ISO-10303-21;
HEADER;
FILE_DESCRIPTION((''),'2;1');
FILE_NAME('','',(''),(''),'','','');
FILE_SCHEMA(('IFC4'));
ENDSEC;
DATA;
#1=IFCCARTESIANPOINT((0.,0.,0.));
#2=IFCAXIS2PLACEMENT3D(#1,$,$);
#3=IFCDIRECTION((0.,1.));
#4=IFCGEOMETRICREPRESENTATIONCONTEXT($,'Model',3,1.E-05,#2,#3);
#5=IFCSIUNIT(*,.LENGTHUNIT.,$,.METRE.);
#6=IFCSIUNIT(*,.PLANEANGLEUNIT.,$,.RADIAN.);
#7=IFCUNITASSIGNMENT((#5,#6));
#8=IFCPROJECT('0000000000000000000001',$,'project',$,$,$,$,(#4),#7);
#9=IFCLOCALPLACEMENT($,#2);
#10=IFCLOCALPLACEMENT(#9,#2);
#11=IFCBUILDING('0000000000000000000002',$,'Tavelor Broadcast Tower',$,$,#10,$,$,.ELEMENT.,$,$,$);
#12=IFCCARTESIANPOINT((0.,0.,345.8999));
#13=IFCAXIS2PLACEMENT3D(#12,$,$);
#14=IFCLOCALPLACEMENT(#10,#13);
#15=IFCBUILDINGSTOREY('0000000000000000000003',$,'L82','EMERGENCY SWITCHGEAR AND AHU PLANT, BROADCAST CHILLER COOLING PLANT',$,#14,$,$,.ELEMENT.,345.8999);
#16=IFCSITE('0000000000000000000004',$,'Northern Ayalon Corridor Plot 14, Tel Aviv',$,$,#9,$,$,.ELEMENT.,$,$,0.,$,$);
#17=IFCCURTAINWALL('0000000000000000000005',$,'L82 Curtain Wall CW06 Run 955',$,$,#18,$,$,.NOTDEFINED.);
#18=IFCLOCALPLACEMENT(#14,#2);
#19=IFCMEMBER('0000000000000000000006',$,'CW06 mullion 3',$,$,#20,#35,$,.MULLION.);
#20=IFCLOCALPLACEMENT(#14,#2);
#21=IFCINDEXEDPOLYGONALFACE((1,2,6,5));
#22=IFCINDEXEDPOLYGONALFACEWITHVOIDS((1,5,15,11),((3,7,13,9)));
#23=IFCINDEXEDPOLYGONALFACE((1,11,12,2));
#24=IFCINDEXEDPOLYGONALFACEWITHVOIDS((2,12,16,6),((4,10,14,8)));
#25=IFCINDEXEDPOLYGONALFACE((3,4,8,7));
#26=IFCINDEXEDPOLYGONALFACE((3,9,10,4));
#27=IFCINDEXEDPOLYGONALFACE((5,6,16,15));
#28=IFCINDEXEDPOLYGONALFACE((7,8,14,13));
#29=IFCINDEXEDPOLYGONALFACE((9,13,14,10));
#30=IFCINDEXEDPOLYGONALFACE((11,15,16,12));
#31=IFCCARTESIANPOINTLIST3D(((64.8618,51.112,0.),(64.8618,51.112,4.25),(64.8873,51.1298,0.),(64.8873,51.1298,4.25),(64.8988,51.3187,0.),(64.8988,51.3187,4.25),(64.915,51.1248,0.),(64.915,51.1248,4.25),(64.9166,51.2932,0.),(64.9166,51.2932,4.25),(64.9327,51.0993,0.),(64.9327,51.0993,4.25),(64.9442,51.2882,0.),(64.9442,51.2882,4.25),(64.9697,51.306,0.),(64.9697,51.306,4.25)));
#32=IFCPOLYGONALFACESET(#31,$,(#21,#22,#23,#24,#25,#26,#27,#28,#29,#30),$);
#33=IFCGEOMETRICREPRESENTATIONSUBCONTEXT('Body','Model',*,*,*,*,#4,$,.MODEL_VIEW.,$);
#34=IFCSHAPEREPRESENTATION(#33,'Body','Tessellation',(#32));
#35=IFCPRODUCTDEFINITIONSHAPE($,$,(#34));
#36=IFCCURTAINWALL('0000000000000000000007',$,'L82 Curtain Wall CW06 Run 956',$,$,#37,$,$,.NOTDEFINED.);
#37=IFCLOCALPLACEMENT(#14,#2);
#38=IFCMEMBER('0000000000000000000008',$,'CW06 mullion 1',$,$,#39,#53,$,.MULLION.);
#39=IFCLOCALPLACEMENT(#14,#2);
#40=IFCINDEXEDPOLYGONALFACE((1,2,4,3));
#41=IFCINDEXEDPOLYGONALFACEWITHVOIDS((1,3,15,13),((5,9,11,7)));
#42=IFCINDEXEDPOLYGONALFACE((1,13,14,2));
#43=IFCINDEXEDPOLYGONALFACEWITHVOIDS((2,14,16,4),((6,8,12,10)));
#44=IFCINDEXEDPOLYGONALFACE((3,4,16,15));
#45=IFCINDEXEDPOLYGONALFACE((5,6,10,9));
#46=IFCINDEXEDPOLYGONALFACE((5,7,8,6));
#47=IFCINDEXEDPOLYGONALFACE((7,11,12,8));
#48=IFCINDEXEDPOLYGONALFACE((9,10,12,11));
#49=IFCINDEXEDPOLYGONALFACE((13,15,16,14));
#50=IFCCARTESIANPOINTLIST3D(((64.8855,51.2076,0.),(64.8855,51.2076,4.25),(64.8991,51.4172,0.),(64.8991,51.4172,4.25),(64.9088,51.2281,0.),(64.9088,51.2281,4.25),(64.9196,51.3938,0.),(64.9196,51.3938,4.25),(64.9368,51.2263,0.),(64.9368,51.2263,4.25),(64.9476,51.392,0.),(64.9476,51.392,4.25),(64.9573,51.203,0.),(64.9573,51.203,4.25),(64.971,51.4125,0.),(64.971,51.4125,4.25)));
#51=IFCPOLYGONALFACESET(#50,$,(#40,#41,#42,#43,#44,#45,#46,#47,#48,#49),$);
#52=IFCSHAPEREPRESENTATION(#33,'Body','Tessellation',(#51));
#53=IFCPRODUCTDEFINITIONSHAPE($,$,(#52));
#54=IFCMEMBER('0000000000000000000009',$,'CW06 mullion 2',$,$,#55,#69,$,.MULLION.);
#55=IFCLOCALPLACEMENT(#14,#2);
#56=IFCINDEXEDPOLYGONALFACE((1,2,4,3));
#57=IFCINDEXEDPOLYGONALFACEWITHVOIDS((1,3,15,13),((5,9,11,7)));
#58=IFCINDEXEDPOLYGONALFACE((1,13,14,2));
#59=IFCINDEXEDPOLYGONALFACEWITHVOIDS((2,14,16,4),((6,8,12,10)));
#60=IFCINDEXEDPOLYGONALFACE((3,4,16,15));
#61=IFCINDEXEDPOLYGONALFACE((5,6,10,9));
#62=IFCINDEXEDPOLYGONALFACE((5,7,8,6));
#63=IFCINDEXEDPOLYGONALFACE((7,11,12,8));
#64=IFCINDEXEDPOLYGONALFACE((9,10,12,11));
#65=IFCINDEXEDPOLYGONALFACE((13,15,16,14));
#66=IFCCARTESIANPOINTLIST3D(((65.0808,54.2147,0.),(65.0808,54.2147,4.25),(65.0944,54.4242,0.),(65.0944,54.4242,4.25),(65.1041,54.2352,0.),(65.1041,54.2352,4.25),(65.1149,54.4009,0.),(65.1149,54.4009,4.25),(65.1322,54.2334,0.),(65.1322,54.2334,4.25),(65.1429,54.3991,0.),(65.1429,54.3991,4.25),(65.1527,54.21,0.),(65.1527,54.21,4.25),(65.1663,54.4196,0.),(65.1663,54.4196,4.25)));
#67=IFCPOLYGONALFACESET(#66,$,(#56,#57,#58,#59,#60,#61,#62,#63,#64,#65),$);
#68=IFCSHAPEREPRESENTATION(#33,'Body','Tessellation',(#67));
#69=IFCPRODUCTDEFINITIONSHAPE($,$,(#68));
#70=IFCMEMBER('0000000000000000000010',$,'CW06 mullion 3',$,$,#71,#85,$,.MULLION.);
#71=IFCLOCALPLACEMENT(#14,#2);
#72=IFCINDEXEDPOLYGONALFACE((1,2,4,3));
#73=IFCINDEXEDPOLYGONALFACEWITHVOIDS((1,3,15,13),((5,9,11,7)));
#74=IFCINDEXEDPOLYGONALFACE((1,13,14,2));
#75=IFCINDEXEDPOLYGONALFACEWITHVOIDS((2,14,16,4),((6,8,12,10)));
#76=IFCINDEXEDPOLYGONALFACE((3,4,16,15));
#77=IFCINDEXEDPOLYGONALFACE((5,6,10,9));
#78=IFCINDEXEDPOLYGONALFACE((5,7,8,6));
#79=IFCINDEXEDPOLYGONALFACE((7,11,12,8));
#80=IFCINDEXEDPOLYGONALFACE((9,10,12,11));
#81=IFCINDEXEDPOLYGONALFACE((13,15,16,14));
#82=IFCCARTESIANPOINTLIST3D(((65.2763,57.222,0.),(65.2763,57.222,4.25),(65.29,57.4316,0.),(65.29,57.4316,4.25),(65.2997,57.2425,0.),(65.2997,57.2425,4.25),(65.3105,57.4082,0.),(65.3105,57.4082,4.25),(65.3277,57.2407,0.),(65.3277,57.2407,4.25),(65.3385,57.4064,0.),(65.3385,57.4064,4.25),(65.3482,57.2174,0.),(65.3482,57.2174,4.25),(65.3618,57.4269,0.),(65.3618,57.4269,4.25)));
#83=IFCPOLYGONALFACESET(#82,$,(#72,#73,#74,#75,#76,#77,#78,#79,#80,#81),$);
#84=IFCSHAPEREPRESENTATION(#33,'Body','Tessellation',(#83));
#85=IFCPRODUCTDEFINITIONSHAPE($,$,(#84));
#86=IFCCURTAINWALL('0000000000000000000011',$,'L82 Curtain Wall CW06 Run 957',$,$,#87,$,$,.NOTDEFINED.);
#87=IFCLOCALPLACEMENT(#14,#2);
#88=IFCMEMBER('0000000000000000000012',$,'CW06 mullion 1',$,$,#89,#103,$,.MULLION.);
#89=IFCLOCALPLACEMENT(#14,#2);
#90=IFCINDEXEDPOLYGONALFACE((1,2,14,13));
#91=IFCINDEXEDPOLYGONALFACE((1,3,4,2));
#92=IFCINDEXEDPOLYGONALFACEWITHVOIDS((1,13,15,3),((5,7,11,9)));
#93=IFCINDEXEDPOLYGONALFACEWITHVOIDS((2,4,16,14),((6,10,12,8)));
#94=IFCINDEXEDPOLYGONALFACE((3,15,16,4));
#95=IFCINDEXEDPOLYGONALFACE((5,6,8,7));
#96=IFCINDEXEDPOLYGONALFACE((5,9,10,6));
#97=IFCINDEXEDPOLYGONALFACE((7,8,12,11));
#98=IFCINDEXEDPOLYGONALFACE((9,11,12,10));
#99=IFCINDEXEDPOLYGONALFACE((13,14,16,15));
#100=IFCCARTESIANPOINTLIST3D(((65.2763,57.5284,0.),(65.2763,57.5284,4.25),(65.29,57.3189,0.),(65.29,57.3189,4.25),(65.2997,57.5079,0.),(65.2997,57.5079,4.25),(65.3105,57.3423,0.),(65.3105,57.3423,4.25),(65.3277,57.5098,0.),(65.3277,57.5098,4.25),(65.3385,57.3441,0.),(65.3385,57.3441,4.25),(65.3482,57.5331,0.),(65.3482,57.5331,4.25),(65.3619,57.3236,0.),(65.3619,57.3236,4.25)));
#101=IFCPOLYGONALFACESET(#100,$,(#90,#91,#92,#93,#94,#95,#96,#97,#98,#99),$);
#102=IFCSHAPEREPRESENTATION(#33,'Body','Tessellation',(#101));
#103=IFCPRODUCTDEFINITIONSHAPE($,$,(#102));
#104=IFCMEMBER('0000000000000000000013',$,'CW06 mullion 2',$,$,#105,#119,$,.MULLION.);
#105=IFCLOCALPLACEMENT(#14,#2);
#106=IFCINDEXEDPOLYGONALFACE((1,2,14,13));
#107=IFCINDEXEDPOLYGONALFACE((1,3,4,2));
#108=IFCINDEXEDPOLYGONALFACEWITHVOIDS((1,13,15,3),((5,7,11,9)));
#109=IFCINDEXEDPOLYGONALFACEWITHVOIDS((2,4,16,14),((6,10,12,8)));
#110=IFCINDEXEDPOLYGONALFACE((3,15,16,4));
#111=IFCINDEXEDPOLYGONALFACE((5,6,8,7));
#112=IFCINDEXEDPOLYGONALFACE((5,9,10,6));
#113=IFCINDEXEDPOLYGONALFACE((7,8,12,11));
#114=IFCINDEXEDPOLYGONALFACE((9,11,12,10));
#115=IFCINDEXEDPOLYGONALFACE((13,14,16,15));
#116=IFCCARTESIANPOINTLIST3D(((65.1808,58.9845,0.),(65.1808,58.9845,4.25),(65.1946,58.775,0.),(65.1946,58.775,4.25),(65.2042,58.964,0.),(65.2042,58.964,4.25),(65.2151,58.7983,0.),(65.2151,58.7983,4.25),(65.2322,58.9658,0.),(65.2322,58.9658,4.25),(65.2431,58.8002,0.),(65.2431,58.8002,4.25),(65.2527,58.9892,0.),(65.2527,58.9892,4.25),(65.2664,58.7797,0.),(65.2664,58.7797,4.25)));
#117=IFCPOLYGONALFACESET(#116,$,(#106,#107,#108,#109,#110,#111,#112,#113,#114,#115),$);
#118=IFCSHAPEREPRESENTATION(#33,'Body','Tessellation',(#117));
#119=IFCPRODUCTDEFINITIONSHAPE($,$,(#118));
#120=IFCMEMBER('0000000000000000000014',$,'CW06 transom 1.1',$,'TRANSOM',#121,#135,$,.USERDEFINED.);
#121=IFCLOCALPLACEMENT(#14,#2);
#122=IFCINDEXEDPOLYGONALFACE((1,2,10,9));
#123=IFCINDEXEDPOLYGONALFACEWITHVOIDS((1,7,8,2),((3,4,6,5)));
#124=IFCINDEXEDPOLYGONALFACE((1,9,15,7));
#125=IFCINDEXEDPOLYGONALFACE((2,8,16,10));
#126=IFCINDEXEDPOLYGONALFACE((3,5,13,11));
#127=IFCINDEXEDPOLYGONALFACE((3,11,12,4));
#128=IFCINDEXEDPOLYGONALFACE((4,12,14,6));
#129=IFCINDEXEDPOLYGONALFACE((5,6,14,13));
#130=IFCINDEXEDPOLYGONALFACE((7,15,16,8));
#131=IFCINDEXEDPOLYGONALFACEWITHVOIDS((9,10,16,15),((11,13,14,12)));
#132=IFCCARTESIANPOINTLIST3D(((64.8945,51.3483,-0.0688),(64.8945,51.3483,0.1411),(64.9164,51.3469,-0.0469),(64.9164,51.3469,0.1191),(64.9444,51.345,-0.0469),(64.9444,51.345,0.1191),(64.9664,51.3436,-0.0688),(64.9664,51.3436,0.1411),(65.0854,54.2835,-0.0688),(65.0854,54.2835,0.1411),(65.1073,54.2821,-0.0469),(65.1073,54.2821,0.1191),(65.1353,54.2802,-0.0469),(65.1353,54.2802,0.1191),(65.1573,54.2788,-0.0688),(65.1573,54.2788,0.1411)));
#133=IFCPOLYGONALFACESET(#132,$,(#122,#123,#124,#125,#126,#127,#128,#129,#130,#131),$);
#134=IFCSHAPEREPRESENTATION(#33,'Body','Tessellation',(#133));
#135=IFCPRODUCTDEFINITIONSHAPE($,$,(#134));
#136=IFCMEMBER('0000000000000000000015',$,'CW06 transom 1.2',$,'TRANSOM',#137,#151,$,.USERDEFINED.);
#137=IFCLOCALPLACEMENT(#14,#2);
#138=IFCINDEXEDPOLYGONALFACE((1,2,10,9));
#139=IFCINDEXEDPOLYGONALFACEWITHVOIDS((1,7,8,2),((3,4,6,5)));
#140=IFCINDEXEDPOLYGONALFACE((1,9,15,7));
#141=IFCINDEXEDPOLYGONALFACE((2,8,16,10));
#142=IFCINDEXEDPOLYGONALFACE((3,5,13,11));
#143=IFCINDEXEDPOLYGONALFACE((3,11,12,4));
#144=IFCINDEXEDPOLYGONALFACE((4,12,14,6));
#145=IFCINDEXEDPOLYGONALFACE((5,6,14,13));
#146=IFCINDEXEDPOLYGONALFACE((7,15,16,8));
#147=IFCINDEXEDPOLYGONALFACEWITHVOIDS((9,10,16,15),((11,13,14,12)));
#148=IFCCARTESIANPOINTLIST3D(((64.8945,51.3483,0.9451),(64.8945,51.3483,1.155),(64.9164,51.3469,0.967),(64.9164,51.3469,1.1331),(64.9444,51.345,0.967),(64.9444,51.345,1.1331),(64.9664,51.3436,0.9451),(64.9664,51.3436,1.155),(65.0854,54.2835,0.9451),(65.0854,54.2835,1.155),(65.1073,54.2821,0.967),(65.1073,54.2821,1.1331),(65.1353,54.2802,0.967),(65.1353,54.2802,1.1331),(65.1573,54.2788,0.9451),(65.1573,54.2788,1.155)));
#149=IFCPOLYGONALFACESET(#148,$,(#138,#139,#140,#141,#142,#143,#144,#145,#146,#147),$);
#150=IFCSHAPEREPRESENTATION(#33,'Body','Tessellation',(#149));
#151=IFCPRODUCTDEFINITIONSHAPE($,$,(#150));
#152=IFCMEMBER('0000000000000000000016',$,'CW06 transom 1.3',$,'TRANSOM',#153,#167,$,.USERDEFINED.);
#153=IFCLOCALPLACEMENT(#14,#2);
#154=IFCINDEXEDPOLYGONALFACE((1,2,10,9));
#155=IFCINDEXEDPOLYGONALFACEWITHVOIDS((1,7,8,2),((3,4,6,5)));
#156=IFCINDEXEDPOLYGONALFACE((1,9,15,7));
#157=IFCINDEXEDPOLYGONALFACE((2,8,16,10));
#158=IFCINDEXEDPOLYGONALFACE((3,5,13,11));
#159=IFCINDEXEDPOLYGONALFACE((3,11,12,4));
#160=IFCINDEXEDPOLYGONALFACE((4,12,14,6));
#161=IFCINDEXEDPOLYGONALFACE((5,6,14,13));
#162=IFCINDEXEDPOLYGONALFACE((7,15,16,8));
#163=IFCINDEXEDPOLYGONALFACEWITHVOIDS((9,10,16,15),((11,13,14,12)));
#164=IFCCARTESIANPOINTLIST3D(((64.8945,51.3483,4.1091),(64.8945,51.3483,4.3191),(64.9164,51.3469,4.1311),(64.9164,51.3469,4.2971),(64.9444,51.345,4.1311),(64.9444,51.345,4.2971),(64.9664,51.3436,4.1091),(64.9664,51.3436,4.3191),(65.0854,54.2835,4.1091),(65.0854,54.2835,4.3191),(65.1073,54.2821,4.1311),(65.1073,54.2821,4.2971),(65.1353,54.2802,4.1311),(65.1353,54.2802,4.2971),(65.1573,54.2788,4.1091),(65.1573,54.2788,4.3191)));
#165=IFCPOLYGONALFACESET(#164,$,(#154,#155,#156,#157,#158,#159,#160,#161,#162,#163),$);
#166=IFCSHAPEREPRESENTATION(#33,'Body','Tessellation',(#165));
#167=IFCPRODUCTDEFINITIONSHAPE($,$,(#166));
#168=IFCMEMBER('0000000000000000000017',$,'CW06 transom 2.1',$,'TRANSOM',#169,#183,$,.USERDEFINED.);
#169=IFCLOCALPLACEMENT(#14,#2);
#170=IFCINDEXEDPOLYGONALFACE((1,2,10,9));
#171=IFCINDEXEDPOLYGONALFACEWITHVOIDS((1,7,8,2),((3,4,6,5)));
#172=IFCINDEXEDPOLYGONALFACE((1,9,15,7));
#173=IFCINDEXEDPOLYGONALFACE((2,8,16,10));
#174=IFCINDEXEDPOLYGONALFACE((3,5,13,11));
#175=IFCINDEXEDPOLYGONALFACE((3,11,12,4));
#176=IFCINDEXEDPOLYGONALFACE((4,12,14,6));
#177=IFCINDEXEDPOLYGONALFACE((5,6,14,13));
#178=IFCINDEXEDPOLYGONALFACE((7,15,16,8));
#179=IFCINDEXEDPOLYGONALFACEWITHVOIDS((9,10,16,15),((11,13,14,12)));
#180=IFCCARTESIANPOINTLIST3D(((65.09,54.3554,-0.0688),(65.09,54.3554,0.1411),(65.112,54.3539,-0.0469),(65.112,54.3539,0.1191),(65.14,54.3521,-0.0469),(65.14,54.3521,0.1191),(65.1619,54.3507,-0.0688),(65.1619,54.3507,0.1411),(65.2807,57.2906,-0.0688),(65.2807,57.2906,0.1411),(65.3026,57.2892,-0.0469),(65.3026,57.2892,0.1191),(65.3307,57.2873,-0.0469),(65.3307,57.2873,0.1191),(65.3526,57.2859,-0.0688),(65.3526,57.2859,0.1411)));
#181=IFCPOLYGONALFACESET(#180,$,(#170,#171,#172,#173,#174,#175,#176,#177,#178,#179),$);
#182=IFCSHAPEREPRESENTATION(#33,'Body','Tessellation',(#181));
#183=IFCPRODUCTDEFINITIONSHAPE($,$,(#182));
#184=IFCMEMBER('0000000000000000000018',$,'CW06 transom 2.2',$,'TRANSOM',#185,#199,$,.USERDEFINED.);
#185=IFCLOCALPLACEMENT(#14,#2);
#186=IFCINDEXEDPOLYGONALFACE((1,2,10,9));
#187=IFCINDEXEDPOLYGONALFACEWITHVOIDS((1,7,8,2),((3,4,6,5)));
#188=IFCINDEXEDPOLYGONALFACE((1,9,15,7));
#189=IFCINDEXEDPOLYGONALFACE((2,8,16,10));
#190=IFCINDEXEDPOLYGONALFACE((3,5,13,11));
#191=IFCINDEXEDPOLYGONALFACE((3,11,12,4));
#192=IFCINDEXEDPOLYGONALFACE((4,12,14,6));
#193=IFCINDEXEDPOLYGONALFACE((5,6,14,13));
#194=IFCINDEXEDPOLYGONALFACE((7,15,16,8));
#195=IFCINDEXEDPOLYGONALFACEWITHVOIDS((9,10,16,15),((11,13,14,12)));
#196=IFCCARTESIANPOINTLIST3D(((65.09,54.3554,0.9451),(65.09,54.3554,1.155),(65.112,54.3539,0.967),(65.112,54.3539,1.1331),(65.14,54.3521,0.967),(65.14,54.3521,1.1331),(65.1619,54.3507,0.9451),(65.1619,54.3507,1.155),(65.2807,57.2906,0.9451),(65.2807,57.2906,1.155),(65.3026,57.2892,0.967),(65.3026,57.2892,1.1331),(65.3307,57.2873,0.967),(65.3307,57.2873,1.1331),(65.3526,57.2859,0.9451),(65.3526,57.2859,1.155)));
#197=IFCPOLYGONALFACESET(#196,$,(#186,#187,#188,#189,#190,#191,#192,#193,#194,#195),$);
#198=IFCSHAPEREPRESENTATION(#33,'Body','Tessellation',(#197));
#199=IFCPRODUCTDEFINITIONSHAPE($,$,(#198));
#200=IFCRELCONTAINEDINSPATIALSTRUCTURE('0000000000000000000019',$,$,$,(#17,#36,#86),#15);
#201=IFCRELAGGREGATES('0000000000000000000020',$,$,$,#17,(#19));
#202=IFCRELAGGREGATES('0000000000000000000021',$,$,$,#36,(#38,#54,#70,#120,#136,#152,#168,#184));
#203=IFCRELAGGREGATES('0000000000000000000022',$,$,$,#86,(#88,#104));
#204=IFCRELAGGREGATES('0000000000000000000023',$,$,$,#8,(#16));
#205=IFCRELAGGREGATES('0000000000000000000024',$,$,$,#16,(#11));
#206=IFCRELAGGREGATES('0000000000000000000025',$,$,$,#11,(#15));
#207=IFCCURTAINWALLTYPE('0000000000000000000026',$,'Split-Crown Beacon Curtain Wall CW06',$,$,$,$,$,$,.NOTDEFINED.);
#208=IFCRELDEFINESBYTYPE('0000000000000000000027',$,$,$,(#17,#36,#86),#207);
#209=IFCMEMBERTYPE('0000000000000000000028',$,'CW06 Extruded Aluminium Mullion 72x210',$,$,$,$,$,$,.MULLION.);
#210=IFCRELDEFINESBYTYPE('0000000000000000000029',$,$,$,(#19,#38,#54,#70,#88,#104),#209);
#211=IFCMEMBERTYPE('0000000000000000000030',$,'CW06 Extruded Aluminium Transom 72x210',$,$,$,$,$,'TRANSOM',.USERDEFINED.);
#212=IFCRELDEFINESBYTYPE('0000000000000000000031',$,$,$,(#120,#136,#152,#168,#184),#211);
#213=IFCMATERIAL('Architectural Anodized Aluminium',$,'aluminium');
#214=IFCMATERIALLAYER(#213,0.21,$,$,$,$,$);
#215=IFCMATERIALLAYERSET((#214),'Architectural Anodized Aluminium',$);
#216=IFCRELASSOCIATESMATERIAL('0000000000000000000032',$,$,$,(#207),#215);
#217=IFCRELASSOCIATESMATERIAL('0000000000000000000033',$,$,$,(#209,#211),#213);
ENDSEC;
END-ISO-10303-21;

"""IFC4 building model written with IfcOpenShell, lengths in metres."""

from ifc_helpers import new_model, si_unit, direction, frame, origin, origin_2d, place, context, subcontext, project, spatial, hollow_rectangle, extrude, source, transform, mapped, material, layer, layer_set, material_profile, profile_set, type_object, type_shapes, element, aggregate, save


model = new_model("IFC4")

# Units and contexts
model_context = context("Model", 3, precision=1e-05, world=origin(), true_north=direction((0.0, 1.0)))
body_context = subcontext(model_context, "Body", "Model", "MODEL_VIEW")
ifc_project = project(units=[si_unit("LENGTHUNIT", "METRE"), si_unit("PLANEANGLEUNIT", "RADIAN")], contexts=[model_context])

# Site, building, storey
site_placement = place(None, origin())
site = spatial("IfcSite", under=ifc_project, at=site_placement, Name="Northern Ayalon Corridor Plot 14, Tel Aviv", CompositionType="ELEMENT", RefElevation=0.0)
building_placement = place(site_placement, origin())
building = spatial("IfcBuilding", under=site, at=building_placement, Name="Tavelor Broadcast Tower", CompositionType="ELEMENT")
storey_placement = place(building_placement, frame((0.0, 0.0, 345.8999)))
storey = spatial("IfcBuildingStorey", under=building, at=storey_placement, Name="L82", Description="EMERGENCY SWITCHGEAR AND AHU PLANT, BROADCAST CHILLER COOLING PLANT", CompositionType="ELEMENT", Elevation=345.8999)

# Curtain wall, member
ifc_material_1 = material(Name="Architectural Anodized Aluminium", Category="aluminium")
ifc_layer_1 = layer(ifc_material_1, 0.21)
ifc_layer_set_1 = layer_set([ifc_layer_1], Name="Architectural Anodized Aluminium")
curtain_wall_type = type_object("IfcCurtainWallType", Name="Split-Crown Beacon Curtain Wall CW06", PredefinedType="NOTDEFINED", material=ifc_layer_set_1)
curtain_wall_1_placement = place(storey_placement, origin())
curtain_wall_1 = element("IfcCurtainWall", 1, at=curtain_wall_1_placement, inside=storey, type_object=curtain_wall_type, Name="L82 Curtain Wall CW06 Run 955", PredefinedType="NOTDEFINED")
ifc_material_profile_1 = material_profile(ifc_material_1, hollow_rectangle(XDim=0.072, YDim=0.21, WallThickness=0.022, at=origin_2d()), Name="RHS 72x210x22")
ifc_profile_set_1 = profile_set([ifc_material_profile_1], Name="Architectural Anodized Aluminium")
member_type_1 = type_object("IfcMemberType", Name="CW06 Extruded Aluminium Mullion 72x210", PredefinedType="MULLION", material=ifc_profile_set_1)
shared_shape_1 = source(origin(), body_context, "Body", "SweptSolid", [
    extrude(hollow_rectangle(XDim=0.072, YDim=0.21, WallThickness=0.022, at=origin_2d()), origin(), (0.0, 0.0, 1.0), 4.25),
])
type_shapes(member_type_1, [shared_shape_1])
member_1_placement = place(storey_placement, frame((64.9158, 51.209, 0.0), z_axis=(0.0, 0.0, 1.0), x_axis=(-0.984343, 0.176266, 0.0)))
member_1 = element("IfcMember", 2, at=member_1_placement, type_object=member_type_1, Name="CW06 mullion 3", PredefinedType="MULLION", context=body_context, shape_type="MappedRepresentation", body=[
    mapped(shared_shape_1, transform((0.0, 0.0, 0.0), scale=1.0)),
])
aggregate(curtain_wall_1, [member_1])

# Curtain walls, members
curtain_wall_2_placement = place(storey_placement, origin())
curtain_wall_2 = element("IfcCurtainWall", 3, at=curtain_wall_2_placement, inside=storey, type_object=curtain_wall_type, Name="L82 Curtain Wall CW06 Run 956", PredefinedType="NOTDEFINED")
member_2_placement = place(storey_placement, frame((64.9282, 51.3101, 0.0), z_axis=(0.0, 0.0, 1.0), x_axis=(-0.997894, 0.064863, 0.0)))
member_2 = element("IfcMember", 4, at=member_2_placement, type_object=member_type_1, Name="CW06 mullion 1", PredefinedType="MULLION", context=body_context, shape_type="MappedRepresentation", body=[
    mapped(shared_shape_1, transform((0.0, 0.0, 0.0), scale=1.0)),
])
member_3_placement = place(storey_placement, frame((65.1235, 54.3171, 0.0), z_axis=(0.0, 0.0, 1.0), x_axis=(-0.997894, 0.064863, 0.0)))
member_3 = element("IfcMember", 5, at=member_3_placement, type_object=member_type_1, Name="CW06 mullion 2", PredefinedType="MULLION", context=body_context, shape_type="MappedRepresentation", body=[
    mapped(shared_shape_1, transform((0.0, 0.0, 0.0), scale=1.0)),
])
member_4_placement = place(storey_placement, frame((65.3191, 57.3245, 0.0), z_axis=(0.0, 0.0, 1.0), x_axis=(-0.997894, 0.064863, 0.0)))
member_4 = element("IfcMember", 6, at=member_4_placement, type_object=member_type_1, Name="CW06 mullion 3", PredefinedType="MULLION", context=body_context, shape_type="MappedRepresentation", body=[
    mapped(shared_shape_1, transform((0.0, 0.0, 0.0), scale=1.0)),
])
curtain_wall_3_placement = place(storey_placement, origin())
curtain_wall_3 = element("IfcCurtainWall", 7, at=curtain_wall_3_placement, inside=storey, type_object=curtain_wall_type, Name="L82 Curtain Wall CW06 Run 957", PredefinedType="NOTDEFINED")
member_5_placement = place(storey_placement, frame((65.3191, 57.426, 0.0), z_axis=(0.0, 0.0, 1.0), x_axis=(-0.997861, -0.065375, 0.0)))
member_5 = element("IfcMember", 8, at=member_5_placement, type_object=member_type_1, Name="CW06 mullion 1", PredefinedType="MULLION", context=body_context, shape_type="MappedRepresentation", body=[
    mapped(shared_shape_1, transform((0.0, 0.0, 0.0), scale=1.0)),
])
member_6_placement = place(storey_placement, frame((65.2236, 58.8821, 0.0), z_axis=(0.0, 0.0, 1.0), x_axis=(-0.997861, -0.065375, 0.0)))
member_6 = element("IfcMember", 9, at=member_6_placement, type_object=member_type_1, Name="CW06 mullion 2", PredefinedType="MULLION", context=body_context, shape_type="MappedRepresentation", body=[
    mapped(shared_shape_1, transform((0.0, 0.0, 0.0), scale=1.0)),
])

# Members
ifc_material_profile_2 = material_profile(ifc_material_1, hollow_rectangle(XDim=0.072, YDim=0.21, WallThickness=0.022, at=origin_2d()), Name="RHS 72x210x22")
ifc_profile_set_2 = profile_set([ifc_material_profile_2], Name="Architectural Anodized Aluminium")
member_type_2 = type_object("IfcMemberType", Name="CW06 Extruded Aluminium Transom 72x210", ElementType="TRANSOM", PredefinedType="USERDEFINED", material=ifc_profile_set_2)
shared_shape_2 = source(origin(), body_context, "Body", "SweptSolid", [
    extrude(hollow_rectangle(XDim=0.072, YDim=0.21, WallThickness=0.022, at=origin_2d()), origin(), (0.0, 0.0, 1.0), 2.9414),
])
member_7_placement = place(storey_placement, frame((64.9304, 51.3459, 0.0361), z_axis=(0.064905, 0.997891, 0.0), x_axis=(-0.997891, 0.064905, 0.0)))
member_7 = element("IfcMember", 10, at=member_7_placement, type_object=member_type_2, Name="CW06 transom 1.1", ObjectType="TRANSOM", PredefinedType="USERDEFINED", context=body_context, shape_type="MappedRepresentation", body=[
    mapped(shared_shape_2, transform((0.0, 0.0, 0.0), scale=1.0)),
])
member_8_placement = place(storey_placement, frame((64.9304, 51.3459, 1.05), z_axis=(0.064905, 0.997891, 0.0), x_axis=(-0.997891, 0.064905, 0.0)))
member_8 = element("IfcMember", 11, at=member_8_placement, type_object=member_type_2, Name="CW06 transom 1.2", ObjectType="TRANSOM", PredefinedType="USERDEFINED", context=body_context, shape_type="MappedRepresentation", body=[
    mapped(shared_shape_2, transform((0.0, 0.0, 0.0), scale=1.0)),
])
member_9_placement = place(storey_placement, frame((64.9304, 51.3459, 4.2141), z_axis=(0.064905, 0.997891, 0.0), x_axis=(-0.997891, 0.064905, 0.0)))
member_9 = element("IfcMember", 12, at=member_9_placement, type_object=member_type_2, Name="CW06 transom 1.3", ObjectType="TRANSOM", PredefinedType="USERDEFINED", context=body_context, shape_type="MappedRepresentation", body=[
    mapped(shared_shape_2, transform((0.0, 0.0, 0.0), scale=1.0)),
])
member_10_placement = place(storey_placement, frame((65.126, 54.353, 0.0361), z_axis=(0.064822, 0.997897, 0.0), x_axis=(-0.997897, 0.064822, 0.0)))
member_10 = element("IfcMember", 13, at=member_10_placement, type_object=member_type_2, Name="CW06 transom 2.1", ObjectType="TRANSOM", PredefinedType="USERDEFINED", context=body_context, shape_type="MappedRepresentation", body=[
    mapped(shared_shape_2, transform((0.0, 0.0, 0.0), scale=1.0)),
])
member_11_placement = place(storey_placement, frame((65.126, 54.353, 1.05), z_axis=(0.064822, 0.997897, 0.0), x_axis=(-0.997897, 0.064822, 0.0)))
member_11 = element("IfcMember", 14, at=member_11_placement, type_object=member_type_2, Name="CW06 transom 2.2", ObjectType="TRANSOM", PredefinedType="USERDEFINED", context=body_context, shape_type="MappedRepresentation", body=[
    mapped(shared_shape_2, transform((0.0, 0.0, 0.0), scale=1.0)),
])

aggregate(curtain_wall_2, [member_2, member_3, member_4, member_7, member_8, member_9, member_10, member_11])
aggregate(curtain_wall_3, [member_5, member_6])

save(model, "model.ifc")
